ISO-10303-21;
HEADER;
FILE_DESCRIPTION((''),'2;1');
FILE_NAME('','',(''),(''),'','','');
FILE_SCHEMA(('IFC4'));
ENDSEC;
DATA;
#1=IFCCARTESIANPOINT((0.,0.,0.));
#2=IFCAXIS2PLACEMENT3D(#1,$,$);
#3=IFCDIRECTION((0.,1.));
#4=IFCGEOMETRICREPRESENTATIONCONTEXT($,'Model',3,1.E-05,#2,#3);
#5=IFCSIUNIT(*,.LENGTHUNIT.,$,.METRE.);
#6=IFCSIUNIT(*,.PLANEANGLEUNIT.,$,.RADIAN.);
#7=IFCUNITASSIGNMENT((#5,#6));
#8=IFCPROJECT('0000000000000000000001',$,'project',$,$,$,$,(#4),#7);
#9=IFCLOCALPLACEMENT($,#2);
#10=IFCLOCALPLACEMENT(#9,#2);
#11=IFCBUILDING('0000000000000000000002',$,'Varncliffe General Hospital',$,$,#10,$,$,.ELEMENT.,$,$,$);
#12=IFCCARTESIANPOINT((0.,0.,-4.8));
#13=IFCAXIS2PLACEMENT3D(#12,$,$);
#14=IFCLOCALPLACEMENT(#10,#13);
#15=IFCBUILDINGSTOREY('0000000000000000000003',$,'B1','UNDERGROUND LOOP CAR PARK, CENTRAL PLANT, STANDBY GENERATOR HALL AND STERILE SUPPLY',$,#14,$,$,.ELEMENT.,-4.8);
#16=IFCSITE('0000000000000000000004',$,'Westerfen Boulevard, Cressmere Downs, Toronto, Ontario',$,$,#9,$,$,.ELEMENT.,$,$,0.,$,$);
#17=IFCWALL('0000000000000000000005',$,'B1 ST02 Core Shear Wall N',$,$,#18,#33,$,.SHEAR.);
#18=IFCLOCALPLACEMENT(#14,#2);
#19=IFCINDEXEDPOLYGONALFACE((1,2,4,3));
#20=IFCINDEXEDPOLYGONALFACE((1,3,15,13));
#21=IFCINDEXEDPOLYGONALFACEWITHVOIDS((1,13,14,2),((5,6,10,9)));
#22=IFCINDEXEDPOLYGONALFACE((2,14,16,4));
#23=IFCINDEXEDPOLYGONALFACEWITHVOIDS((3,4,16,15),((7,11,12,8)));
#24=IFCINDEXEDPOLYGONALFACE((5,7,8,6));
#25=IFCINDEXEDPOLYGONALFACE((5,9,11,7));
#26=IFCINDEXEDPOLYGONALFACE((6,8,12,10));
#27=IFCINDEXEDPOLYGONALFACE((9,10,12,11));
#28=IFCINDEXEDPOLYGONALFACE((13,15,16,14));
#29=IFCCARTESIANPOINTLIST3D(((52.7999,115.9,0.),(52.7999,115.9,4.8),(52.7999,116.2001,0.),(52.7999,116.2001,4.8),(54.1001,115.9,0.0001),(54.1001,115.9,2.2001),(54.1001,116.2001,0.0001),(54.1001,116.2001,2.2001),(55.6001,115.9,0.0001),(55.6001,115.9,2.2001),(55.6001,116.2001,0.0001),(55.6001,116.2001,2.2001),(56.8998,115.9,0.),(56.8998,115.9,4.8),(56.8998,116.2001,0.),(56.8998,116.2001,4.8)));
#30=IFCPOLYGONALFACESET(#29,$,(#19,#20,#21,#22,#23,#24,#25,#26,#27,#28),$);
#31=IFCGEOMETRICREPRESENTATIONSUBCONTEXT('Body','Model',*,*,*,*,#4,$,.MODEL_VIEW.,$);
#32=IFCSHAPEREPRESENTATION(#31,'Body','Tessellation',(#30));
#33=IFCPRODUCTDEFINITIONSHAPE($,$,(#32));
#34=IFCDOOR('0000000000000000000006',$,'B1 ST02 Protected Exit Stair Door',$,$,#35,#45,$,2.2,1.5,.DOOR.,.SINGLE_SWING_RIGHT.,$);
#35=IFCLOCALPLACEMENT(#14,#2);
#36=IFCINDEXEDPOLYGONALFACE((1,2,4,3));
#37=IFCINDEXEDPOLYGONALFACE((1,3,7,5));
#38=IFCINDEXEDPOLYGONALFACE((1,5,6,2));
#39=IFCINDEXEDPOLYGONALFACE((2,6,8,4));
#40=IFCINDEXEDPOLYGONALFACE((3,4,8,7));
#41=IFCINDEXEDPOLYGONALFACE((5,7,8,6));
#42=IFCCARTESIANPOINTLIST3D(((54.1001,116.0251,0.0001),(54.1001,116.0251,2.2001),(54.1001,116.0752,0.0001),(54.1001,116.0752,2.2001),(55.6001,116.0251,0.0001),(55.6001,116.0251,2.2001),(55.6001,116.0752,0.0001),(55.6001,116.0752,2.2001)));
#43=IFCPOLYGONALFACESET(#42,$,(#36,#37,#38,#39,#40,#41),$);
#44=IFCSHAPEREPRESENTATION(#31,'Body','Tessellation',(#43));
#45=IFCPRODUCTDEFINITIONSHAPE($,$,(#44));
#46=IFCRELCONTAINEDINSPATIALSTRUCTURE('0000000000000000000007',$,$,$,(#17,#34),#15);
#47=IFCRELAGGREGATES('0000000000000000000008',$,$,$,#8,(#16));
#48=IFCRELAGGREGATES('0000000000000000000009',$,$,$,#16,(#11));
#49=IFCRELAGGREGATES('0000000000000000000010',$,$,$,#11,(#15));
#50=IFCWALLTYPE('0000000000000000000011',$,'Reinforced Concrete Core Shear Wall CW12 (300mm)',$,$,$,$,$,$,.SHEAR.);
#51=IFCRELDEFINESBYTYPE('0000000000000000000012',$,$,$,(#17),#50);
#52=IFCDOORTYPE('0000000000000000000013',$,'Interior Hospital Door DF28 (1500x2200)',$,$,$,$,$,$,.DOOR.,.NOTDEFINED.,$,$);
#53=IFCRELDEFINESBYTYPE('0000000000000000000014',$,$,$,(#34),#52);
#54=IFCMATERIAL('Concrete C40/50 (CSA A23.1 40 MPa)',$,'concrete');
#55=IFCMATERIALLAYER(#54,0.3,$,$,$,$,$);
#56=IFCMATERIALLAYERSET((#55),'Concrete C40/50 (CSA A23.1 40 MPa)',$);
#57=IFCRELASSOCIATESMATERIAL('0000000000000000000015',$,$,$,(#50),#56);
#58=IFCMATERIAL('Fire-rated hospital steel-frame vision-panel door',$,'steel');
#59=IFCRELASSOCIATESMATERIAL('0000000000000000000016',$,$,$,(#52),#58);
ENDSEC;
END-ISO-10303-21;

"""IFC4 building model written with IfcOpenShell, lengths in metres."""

from ifc_helpers import new_model, si_unit, direction, frame, frame_2d, origin, place, context, subcontext, project, spatial, rectangle, extrude, material, layer, layer_set, type_object, element, fill, save


model = new_model("IFC4")

# Units and contexts
model_context = context("Model", 3, precision=1e-05, world=origin(), true_north=direction((0.0, 1.0)))
body_context = subcontext(model_context, "Body", "Model", "MODEL_VIEW")
ifc_project = project(units=[si_unit("LENGTHUNIT", "METRE"), si_unit("PLANEANGLEUNIT", "RADIAN")], contexts=[model_context])

# Site, building, storey
site_placement = place(None, origin())
site = spatial("IfcSite", under=ifc_project, at=site_placement, Name="Westerfen Boulevard, Cressmere Downs, Toronto, Ontario", CompositionType="ELEMENT", RefElevation=0.0)
building_placement = place(site_placement, origin())
building = spatial("IfcBuilding", under=site, at=building_placement, Name="Varncliffe General Hospital", CompositionType="ELEMENT")
storey_placement = place(building_placement, frame((0.0, 0.0, -4.8)))
storey = spatial("IfcBuildingStorey", under=building, at=storey_placement, Name="B1", Description="UNDERGROUND LOOP CAR PARK, CENTRAL PLANT, STANDBY GENERATOR HALL AND STERILE SUPPLY", CompositionType="ELEMENT", Elevation=-4.8)

# Shared definitions
ifc_material_1 = material(Name="Concrete C40/50 (CSA A23.1 40 MPa)", Category="concrete")

# Shared definitions
ifc_layer = layer(ifc_material_1, 0.3)
ifc_layer_set = layer_set([ifc_layer], Name="Concrete C40/50 (CSA A23.1 40 MPa)")
wall_type = type_object("IfcWallType", Name="Reinforced Concrete Core Shear Wall CW12 (300mm)", PredefinedType="SHEAR", material=ifc_layer_set)

# Wall, opening, door
wall_1_placement = place(storey_placement, frame((52.8, 116.05, 0.0), z_axis=(0.0, 0.0, 1.0), x_axis=(1.0, 0.0, 0.0)))
wall_1 = element("IfcWall", 1, at=wall_1_placement, inside=storey, type_object=wall_type, Name="B1 ST02 Core Shear Wall N", PredefinedType="SHEAR", context=body_context, shape_type="SweptSolid", body=[
    extrude(rectangle(XDim=4.0999, YDim=0.3, at=frame_2d((2.0498, 0.0))), origin(), (0.0, 0.0, 1.0), 4.8),
])
opening_placement = place(wall_1_placement, frame((1.3, 0.0, 0.0)))
opening = element("IfcOpeningElement", 2, at=opening_placement, cuts=wall_1, PredefinedType="OPENING", context=body_context, shape_type="SweptSolid", body=[
    extrude(rectangle(XDim=1.5, YDim=2.2, at=frame_2d((0.75, 1.1001))), frame((0.0, 0.1602, 0.0), z_axis=(0.0, -1.0, 0.0), x_axis=(1.0, 0.0, 0.0)), (0.0, 0.0, 1.0), 0.3201),
])
ifc_material_2 = material(Name="Fire-rated hospital steel-frame vision-panel door", Category="steel")
door_type = type_object("IfcDoorType", Name="Interior Hospital Door DF28 (1500x2200)", OperationType="NOTDEFINED", PredefinedType="DOOR", material=ifc_material_2)
door_placement = place(opening_placement, frame((1.5, 0.0, 0.0), z_axis=(0.0, 0.0, 1.0), x_axis=(-1.0, 0.0, 0.0)))
door = element("IfcDoor", 3, at=door_placement, inside=storey, type_object=door_type, Name="B1 ST02 Protected Exit Stair Door", OperationType="SINGLE_SWING_RIGHT", OverallHeight=2.2, OverallWidth=1.5, PredefinedType="DOOR", context=body_context, shape_type="SweptSolid", body=[
    extrude(rectangle(XDim=1.5, YDim=2.2, at=frame_2d((0.75, 1.1001))), frame((0.0, 0.0249, 0.0), z_axis=(0.0, -1.0, 0.0), x_axis=(1.0, 0.0, 0.0)), (0.0, 0.0, 1.0), 0.05),
])
fill(opening, door)

save(model, "model.ifc")
